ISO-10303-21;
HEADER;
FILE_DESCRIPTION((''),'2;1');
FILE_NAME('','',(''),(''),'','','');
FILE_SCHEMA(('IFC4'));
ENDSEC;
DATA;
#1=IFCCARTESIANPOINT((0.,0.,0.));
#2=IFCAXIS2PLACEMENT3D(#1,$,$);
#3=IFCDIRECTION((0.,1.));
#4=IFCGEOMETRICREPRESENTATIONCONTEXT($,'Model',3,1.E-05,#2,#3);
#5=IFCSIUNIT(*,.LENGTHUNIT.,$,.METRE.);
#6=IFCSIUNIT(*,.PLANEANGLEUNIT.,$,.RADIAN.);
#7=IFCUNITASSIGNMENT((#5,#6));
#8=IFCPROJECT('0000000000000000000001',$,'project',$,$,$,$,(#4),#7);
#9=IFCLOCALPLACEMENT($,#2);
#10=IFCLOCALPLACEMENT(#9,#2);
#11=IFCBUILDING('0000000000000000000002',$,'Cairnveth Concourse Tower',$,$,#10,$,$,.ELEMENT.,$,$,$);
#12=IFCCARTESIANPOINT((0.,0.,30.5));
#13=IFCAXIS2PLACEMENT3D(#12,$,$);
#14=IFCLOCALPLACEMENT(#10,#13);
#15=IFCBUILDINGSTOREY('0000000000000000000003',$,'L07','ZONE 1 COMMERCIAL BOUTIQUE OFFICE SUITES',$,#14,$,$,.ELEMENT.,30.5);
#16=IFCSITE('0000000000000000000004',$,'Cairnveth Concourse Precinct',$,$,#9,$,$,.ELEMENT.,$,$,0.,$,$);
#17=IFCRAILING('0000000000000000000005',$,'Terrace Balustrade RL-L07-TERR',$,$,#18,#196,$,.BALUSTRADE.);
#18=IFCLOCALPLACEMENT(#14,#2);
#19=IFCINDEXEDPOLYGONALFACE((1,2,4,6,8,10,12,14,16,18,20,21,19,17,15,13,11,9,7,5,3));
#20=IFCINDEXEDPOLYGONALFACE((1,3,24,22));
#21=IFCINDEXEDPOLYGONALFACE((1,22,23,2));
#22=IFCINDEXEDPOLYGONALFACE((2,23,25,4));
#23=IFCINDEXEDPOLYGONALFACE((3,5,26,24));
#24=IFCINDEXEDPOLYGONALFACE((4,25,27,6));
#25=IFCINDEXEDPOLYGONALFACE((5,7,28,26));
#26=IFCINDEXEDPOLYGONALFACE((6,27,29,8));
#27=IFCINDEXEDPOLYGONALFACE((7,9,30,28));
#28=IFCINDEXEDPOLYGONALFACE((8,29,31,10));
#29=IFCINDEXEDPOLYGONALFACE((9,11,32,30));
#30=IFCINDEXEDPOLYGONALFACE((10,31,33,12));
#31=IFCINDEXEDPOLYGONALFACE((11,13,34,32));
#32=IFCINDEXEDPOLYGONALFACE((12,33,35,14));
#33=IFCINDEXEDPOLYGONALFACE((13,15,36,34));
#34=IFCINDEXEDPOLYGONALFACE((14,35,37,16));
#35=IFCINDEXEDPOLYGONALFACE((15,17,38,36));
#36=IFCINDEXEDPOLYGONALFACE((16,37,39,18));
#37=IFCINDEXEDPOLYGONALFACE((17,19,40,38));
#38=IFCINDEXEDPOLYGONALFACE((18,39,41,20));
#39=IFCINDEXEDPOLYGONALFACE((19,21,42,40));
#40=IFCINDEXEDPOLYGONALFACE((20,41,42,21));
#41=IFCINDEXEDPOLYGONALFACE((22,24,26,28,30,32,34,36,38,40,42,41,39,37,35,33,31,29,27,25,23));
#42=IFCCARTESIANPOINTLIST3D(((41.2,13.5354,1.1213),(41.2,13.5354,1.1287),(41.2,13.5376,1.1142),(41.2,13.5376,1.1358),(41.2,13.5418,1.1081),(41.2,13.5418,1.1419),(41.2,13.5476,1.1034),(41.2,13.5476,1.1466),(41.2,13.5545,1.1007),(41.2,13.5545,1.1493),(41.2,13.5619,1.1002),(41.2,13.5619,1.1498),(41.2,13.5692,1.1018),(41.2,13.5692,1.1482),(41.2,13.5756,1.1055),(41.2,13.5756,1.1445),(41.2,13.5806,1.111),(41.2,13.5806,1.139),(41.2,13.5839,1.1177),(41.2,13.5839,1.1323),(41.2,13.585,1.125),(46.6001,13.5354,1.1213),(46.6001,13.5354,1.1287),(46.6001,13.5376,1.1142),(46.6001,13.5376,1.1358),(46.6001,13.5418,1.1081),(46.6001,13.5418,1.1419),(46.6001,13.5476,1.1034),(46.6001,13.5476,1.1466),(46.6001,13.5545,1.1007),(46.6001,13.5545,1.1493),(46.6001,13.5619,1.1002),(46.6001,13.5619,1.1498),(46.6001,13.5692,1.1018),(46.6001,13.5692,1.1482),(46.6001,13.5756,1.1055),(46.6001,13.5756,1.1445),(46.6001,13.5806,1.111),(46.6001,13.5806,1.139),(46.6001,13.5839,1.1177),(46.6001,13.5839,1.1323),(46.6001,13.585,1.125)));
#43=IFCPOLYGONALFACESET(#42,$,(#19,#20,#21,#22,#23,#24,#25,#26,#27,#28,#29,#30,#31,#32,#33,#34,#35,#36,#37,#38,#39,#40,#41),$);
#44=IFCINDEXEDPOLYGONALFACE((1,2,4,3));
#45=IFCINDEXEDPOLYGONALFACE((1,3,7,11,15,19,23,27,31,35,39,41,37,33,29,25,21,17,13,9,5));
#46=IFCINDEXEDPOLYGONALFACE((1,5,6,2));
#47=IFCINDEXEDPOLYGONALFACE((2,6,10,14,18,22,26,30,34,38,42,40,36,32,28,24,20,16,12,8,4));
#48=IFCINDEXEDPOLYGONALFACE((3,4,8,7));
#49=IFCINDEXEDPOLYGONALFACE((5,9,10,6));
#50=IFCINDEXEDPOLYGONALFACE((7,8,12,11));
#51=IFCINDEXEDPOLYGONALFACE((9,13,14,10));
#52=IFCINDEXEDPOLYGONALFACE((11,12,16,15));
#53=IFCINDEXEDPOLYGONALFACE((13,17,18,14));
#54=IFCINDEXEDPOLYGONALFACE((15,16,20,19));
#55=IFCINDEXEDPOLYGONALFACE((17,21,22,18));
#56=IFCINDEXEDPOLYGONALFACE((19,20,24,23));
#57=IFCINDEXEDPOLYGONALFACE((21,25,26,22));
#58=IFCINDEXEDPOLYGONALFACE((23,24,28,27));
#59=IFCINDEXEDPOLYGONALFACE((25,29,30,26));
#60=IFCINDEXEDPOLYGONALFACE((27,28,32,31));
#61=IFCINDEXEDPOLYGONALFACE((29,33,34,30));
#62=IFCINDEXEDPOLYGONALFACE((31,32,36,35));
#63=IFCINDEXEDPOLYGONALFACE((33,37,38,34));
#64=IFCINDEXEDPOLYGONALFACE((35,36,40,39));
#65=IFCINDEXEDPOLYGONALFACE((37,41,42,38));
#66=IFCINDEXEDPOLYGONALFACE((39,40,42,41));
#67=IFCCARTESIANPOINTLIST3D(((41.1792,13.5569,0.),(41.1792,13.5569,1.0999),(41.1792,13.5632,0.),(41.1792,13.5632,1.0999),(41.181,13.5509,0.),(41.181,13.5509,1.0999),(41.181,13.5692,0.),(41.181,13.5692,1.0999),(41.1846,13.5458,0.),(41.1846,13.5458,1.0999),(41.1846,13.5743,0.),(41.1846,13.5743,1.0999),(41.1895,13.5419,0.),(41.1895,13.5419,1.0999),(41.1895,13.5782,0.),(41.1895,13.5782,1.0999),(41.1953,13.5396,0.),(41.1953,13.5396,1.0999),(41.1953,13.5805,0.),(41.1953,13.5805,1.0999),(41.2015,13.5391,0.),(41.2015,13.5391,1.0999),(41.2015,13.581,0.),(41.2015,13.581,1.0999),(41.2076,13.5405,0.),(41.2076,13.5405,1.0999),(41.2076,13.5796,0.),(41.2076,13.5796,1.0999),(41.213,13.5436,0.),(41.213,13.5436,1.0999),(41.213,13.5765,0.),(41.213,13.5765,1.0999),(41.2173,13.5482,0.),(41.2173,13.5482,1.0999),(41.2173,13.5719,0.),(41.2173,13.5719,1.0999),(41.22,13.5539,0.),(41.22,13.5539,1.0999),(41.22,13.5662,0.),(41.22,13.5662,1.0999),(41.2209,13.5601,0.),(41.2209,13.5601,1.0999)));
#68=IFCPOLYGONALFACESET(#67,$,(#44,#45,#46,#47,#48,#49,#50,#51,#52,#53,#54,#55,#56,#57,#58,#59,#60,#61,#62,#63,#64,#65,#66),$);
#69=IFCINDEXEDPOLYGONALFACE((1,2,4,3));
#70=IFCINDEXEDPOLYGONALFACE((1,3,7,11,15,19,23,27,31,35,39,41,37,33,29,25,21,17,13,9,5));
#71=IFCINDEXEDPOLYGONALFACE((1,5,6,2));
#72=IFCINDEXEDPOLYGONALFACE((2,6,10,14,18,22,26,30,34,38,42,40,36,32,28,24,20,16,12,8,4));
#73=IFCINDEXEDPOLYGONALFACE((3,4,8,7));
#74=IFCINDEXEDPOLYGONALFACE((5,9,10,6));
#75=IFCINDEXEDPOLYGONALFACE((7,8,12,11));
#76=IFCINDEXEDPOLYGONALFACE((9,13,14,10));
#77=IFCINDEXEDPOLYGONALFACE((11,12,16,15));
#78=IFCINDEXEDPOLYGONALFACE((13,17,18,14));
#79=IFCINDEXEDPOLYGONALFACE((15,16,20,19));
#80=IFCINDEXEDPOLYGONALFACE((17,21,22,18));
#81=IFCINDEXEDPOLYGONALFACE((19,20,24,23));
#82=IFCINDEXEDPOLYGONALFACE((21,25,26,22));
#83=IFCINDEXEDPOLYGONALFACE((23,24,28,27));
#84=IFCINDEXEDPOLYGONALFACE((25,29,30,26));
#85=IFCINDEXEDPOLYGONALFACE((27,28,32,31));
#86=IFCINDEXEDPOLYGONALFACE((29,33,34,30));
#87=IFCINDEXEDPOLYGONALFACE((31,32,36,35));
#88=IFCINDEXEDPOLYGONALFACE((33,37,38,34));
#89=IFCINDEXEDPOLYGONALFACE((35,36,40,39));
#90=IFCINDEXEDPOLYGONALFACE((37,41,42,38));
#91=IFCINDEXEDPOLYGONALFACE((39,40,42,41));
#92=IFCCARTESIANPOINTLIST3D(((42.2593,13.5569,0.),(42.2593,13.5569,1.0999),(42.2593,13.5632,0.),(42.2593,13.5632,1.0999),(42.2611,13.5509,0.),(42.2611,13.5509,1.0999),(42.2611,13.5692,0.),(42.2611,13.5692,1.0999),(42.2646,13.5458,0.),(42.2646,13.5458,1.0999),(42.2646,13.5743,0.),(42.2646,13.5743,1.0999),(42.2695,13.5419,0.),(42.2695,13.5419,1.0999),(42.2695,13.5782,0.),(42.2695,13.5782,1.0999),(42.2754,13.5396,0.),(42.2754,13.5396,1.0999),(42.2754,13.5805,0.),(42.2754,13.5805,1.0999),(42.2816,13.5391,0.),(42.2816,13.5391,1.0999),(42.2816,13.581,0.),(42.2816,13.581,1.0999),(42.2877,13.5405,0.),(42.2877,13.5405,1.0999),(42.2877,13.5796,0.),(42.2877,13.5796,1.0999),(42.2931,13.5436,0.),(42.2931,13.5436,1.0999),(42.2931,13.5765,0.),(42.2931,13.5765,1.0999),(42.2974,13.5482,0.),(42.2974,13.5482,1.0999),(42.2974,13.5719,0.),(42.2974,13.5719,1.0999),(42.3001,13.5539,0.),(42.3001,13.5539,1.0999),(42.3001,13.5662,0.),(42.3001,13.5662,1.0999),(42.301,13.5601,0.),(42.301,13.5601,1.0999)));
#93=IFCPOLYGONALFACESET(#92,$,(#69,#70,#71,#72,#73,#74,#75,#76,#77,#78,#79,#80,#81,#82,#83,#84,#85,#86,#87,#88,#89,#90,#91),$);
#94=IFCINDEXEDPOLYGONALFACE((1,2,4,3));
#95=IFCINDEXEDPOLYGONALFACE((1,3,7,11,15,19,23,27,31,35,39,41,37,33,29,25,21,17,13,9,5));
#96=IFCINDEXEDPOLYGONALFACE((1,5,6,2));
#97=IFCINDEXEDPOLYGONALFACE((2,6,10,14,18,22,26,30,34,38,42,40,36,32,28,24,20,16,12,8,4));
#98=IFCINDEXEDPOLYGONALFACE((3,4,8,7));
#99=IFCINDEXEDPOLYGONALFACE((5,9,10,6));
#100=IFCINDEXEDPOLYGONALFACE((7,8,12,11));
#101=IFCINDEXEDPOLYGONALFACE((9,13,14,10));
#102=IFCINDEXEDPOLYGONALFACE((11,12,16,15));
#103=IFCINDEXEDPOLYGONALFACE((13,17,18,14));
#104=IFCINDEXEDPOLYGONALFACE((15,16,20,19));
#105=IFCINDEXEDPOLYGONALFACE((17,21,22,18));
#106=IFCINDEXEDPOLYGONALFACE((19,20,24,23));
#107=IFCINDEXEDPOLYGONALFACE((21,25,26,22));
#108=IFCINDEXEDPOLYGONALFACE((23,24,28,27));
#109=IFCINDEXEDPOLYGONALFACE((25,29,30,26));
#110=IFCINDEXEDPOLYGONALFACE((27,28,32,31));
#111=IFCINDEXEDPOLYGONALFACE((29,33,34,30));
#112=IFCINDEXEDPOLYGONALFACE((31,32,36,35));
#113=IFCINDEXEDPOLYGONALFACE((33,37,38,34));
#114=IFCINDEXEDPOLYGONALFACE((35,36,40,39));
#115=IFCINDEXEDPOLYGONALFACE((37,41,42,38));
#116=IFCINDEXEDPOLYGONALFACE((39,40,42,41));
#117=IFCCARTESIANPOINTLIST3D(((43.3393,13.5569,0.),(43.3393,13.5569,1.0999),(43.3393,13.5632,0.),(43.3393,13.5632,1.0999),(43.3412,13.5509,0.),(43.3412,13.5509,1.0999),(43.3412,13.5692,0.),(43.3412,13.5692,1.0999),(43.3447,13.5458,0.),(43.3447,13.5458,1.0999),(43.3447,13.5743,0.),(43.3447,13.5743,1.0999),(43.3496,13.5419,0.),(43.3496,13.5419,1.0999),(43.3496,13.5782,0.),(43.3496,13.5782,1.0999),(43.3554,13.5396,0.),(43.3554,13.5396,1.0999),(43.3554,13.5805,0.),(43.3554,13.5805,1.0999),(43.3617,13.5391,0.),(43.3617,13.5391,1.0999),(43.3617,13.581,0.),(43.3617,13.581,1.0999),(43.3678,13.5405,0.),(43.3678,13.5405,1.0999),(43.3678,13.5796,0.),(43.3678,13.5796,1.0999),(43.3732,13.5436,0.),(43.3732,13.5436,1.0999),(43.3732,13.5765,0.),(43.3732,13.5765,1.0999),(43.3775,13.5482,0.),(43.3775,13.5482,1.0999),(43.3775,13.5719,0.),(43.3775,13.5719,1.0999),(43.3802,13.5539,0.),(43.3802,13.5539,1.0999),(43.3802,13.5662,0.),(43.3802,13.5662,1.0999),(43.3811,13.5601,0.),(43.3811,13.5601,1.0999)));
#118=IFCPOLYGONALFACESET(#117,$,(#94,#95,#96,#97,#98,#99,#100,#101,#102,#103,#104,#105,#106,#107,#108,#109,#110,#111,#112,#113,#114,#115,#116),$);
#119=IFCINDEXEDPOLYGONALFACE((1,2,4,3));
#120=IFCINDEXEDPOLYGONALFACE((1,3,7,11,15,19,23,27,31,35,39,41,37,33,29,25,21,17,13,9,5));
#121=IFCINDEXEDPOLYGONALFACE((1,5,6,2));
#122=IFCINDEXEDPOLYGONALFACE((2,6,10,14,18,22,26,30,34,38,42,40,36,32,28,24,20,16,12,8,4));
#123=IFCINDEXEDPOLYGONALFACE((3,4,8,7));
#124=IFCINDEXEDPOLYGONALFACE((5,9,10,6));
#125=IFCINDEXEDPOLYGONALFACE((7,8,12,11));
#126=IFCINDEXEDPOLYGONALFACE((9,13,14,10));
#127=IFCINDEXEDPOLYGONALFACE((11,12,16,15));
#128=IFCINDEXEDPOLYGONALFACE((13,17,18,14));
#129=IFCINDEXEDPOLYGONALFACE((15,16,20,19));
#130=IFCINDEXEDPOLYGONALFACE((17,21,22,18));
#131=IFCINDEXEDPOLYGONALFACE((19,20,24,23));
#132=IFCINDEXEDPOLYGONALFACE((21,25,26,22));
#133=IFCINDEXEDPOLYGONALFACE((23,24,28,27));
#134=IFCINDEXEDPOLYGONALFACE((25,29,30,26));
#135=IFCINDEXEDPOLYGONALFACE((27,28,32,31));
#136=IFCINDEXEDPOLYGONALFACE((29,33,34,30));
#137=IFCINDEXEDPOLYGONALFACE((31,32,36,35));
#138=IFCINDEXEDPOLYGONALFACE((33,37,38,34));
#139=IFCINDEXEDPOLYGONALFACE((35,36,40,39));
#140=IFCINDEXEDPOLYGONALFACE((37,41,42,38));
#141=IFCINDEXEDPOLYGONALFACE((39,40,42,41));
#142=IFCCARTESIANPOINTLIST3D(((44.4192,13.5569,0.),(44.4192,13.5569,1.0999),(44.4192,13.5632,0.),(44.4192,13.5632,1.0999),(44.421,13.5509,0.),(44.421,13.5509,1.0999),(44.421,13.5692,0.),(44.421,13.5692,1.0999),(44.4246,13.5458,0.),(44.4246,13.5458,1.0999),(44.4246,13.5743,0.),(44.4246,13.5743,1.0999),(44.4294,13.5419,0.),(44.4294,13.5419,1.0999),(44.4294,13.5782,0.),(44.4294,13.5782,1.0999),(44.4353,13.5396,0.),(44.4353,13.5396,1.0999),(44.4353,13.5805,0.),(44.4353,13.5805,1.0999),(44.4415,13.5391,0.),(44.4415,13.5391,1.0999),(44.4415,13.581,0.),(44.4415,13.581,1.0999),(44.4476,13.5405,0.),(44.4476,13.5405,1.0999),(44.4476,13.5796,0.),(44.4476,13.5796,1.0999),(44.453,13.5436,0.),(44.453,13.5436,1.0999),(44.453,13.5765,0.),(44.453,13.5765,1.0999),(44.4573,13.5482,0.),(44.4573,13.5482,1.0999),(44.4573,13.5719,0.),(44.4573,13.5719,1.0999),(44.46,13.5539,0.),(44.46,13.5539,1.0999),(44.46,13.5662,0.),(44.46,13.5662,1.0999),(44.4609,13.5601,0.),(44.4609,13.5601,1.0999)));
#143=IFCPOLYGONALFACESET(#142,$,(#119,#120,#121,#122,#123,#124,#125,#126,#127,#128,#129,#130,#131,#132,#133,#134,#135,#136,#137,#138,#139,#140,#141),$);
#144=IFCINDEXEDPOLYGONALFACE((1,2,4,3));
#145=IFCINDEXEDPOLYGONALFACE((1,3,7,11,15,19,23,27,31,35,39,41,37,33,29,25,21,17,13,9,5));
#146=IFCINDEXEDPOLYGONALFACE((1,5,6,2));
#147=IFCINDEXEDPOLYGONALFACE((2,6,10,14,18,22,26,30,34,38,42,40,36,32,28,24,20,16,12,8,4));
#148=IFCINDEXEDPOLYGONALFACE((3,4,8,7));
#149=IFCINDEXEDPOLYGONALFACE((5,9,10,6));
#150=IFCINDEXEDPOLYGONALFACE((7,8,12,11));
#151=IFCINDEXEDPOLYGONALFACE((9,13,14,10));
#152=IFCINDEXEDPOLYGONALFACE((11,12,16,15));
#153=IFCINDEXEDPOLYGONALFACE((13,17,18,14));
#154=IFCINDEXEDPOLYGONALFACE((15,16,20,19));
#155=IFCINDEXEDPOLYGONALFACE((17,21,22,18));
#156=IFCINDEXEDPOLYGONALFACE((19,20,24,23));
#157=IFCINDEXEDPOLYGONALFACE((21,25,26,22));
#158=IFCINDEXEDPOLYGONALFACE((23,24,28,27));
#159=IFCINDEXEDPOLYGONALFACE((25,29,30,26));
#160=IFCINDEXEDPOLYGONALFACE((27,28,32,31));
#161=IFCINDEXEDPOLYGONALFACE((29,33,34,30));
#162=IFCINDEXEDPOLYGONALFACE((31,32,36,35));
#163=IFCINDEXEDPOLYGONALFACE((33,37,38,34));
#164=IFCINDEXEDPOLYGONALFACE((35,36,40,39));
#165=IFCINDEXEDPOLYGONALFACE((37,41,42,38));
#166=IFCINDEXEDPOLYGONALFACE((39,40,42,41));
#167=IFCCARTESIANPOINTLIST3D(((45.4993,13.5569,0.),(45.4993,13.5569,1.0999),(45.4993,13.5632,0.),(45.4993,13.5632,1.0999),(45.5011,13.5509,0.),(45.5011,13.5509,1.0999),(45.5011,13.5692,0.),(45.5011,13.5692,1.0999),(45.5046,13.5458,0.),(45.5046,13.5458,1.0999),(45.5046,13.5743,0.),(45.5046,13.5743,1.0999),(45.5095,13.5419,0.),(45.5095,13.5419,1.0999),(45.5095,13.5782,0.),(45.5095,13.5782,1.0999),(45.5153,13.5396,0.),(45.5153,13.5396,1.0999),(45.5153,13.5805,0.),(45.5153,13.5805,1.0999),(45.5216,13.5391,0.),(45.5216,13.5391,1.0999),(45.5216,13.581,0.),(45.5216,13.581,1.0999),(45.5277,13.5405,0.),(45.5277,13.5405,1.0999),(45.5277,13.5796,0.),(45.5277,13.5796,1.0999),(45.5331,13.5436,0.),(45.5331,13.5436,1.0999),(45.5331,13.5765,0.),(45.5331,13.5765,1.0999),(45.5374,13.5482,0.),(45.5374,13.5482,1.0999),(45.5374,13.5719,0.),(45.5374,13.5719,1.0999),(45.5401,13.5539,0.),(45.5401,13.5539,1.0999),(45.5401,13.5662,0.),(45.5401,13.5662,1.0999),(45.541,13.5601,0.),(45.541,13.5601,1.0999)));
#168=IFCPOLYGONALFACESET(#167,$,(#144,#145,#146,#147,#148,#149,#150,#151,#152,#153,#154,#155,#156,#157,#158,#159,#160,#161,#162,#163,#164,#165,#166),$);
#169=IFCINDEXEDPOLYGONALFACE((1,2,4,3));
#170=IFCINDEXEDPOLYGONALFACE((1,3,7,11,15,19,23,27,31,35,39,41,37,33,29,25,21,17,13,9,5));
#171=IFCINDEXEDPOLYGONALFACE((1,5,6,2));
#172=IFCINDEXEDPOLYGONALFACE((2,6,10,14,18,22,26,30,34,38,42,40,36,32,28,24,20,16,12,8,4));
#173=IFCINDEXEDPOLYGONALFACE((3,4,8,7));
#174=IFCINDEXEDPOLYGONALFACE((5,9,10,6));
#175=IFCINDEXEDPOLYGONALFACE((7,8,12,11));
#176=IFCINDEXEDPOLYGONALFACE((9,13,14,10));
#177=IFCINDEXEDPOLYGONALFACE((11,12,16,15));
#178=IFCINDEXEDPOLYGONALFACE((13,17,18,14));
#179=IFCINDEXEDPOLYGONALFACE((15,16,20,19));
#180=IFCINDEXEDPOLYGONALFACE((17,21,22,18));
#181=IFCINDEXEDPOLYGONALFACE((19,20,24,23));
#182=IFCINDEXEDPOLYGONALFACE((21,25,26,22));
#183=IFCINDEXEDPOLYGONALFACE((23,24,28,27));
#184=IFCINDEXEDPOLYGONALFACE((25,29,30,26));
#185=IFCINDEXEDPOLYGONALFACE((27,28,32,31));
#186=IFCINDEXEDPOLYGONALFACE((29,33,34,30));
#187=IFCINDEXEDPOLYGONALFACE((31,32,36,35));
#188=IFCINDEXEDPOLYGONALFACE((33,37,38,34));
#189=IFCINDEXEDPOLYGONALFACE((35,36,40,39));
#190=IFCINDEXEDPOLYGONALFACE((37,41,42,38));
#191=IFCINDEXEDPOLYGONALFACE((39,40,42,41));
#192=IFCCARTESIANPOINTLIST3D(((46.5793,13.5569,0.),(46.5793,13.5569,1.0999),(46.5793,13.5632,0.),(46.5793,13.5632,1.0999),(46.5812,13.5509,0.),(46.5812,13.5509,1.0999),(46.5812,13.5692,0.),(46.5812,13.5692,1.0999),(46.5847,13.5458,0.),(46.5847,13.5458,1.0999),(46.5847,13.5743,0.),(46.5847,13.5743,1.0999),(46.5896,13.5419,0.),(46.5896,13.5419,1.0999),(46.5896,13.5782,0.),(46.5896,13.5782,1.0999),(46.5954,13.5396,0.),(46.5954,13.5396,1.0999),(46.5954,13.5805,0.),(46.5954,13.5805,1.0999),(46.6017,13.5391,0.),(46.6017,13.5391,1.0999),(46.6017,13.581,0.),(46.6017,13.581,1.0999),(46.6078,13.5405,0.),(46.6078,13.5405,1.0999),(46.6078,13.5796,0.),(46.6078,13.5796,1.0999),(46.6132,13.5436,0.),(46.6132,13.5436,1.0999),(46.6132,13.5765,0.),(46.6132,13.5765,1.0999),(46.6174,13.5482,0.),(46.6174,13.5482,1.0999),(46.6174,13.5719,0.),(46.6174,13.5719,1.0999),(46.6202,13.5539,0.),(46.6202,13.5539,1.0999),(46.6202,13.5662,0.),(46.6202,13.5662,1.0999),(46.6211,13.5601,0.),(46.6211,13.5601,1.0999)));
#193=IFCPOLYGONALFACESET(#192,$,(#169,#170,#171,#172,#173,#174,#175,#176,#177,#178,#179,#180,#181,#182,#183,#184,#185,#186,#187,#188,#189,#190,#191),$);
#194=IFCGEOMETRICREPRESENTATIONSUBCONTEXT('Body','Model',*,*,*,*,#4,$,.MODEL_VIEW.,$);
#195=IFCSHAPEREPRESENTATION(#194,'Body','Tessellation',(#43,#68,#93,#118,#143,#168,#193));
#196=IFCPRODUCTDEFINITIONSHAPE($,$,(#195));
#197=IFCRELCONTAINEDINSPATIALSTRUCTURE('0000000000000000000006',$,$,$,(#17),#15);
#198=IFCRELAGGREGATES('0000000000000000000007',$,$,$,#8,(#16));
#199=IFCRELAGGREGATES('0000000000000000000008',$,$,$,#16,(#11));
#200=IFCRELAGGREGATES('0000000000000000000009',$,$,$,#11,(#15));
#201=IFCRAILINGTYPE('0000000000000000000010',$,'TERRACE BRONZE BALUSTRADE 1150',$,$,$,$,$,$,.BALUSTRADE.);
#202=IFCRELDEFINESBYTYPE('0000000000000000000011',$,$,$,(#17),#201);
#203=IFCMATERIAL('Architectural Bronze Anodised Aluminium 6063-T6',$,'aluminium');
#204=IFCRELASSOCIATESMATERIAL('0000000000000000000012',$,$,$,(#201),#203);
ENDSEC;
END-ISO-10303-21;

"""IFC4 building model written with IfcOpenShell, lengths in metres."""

from ifc_helpers import new_model, si_unit, direction, frame, origin, origin_2d, place, context, subcontext, project, spatial, circle, extrude, material, type_object, element, save


model = new_model("IFC4")

# Units and contexts
model_context = context("Model", 3, precision=1e-05, world=origin(), true_north=direction((0.0, 1.0)))
body_context = subcontext(model_context, "Body", "Model", "MODEL_VIEW")
ifc_project = project(units=[si_unit("LENGTHUNIT", "METRE"), si_unit("PLANEANGLEUNIT", "RADIAN")], contexts=[model_context])

# Site, building, storey
site_placement = place(None, origin())
site = spatial("IfcSite", under=ifc_project, at=site_placement, Name="Cairnveth Concourse Precinct", CompositionType="ELEMENT", RefElevation=0.0)
building_placement = place(site_placement, origin())
building = spatial("IfcBuilding", under=site, at=building_placement, Name="Cairnveth Concourse Tower", CompositionType="ELEMENT")
storey_placement = place(building_placement, frame((0.0, 0.0, 30.5)))
storey = spatial("IfcBuildingStorey", under=building, at=storey_placement, Name="L07", Description="ZONE 1 COMMERCIAL BOUTIQUE OFFICE SUITES", CompositionType="ELEMENT", Elevation=30.5)

# Shared definitions
ifc_material_1 = material(Name="Architectural Bronze Anodised Aluminium 6063-T6", Category="aluminium")

# Railing
railing_type = type_object("IfcRailingType", Name="TERRACE BRONZE BALUSTRADE 1150", PredefinedType="BALUSTRADE", material=ifc_material_1)
railing_placement = place(storey_placement, frame((41.2, 13.5601, 0.0)))
element("IfcRailing", 1, at=railing_placement, inside=storey, type_object=railing_type, Name="Terrace Balustrade RL-L07-TERR", PredefinedType="BALUSTRADE", context=body_context, shape_type="SweptSolid", body=[
    extrude(circle(Radius=0.0249, at=origin_2d()), frame((0.0, 0.0, 1.125), z_axis=(1.0, 0.0, 0.0), x_axis=(0.0, 1.0, 0.0)), (0.0, 0.0, 1.0), 5.4001),
    extrude(circle(Radius=0.021, at=origin_2d()), origin(), (0.0, 0.0, 1.0), 1.0999),
    extrude(circle(Radius=0.021, at=origin_2d()), frame((1.0801, 0.0, 0.0)), (0.0, 0.0, 1.0), 1.0999),
    extrude(circle(Radius=0.021, at=origin_2d()), frame((2.1602, 0.0, 0.0)), (0.0, 0.0, 1.0), 1.0999),
    extrude(circle(Radius=0.021, at=origin_2d()), frame((3.24, 0.0, 0.0)), (0.0, 0.0, 1.0), 1.0999),
    extrude(circle(Radius=0.021, at=origin_2d()), frame((4.3201, 0.0, 0.0)), (0.0, 0.0, 1.0), 1.0999),
    extrude(circle(Radius=0.021, at=origin_2d()), frame((5.4001, 0.0, 0.0)), (0.0, 0.0, 1.0), 1.0999),
])

save(model, "model.ifc")
